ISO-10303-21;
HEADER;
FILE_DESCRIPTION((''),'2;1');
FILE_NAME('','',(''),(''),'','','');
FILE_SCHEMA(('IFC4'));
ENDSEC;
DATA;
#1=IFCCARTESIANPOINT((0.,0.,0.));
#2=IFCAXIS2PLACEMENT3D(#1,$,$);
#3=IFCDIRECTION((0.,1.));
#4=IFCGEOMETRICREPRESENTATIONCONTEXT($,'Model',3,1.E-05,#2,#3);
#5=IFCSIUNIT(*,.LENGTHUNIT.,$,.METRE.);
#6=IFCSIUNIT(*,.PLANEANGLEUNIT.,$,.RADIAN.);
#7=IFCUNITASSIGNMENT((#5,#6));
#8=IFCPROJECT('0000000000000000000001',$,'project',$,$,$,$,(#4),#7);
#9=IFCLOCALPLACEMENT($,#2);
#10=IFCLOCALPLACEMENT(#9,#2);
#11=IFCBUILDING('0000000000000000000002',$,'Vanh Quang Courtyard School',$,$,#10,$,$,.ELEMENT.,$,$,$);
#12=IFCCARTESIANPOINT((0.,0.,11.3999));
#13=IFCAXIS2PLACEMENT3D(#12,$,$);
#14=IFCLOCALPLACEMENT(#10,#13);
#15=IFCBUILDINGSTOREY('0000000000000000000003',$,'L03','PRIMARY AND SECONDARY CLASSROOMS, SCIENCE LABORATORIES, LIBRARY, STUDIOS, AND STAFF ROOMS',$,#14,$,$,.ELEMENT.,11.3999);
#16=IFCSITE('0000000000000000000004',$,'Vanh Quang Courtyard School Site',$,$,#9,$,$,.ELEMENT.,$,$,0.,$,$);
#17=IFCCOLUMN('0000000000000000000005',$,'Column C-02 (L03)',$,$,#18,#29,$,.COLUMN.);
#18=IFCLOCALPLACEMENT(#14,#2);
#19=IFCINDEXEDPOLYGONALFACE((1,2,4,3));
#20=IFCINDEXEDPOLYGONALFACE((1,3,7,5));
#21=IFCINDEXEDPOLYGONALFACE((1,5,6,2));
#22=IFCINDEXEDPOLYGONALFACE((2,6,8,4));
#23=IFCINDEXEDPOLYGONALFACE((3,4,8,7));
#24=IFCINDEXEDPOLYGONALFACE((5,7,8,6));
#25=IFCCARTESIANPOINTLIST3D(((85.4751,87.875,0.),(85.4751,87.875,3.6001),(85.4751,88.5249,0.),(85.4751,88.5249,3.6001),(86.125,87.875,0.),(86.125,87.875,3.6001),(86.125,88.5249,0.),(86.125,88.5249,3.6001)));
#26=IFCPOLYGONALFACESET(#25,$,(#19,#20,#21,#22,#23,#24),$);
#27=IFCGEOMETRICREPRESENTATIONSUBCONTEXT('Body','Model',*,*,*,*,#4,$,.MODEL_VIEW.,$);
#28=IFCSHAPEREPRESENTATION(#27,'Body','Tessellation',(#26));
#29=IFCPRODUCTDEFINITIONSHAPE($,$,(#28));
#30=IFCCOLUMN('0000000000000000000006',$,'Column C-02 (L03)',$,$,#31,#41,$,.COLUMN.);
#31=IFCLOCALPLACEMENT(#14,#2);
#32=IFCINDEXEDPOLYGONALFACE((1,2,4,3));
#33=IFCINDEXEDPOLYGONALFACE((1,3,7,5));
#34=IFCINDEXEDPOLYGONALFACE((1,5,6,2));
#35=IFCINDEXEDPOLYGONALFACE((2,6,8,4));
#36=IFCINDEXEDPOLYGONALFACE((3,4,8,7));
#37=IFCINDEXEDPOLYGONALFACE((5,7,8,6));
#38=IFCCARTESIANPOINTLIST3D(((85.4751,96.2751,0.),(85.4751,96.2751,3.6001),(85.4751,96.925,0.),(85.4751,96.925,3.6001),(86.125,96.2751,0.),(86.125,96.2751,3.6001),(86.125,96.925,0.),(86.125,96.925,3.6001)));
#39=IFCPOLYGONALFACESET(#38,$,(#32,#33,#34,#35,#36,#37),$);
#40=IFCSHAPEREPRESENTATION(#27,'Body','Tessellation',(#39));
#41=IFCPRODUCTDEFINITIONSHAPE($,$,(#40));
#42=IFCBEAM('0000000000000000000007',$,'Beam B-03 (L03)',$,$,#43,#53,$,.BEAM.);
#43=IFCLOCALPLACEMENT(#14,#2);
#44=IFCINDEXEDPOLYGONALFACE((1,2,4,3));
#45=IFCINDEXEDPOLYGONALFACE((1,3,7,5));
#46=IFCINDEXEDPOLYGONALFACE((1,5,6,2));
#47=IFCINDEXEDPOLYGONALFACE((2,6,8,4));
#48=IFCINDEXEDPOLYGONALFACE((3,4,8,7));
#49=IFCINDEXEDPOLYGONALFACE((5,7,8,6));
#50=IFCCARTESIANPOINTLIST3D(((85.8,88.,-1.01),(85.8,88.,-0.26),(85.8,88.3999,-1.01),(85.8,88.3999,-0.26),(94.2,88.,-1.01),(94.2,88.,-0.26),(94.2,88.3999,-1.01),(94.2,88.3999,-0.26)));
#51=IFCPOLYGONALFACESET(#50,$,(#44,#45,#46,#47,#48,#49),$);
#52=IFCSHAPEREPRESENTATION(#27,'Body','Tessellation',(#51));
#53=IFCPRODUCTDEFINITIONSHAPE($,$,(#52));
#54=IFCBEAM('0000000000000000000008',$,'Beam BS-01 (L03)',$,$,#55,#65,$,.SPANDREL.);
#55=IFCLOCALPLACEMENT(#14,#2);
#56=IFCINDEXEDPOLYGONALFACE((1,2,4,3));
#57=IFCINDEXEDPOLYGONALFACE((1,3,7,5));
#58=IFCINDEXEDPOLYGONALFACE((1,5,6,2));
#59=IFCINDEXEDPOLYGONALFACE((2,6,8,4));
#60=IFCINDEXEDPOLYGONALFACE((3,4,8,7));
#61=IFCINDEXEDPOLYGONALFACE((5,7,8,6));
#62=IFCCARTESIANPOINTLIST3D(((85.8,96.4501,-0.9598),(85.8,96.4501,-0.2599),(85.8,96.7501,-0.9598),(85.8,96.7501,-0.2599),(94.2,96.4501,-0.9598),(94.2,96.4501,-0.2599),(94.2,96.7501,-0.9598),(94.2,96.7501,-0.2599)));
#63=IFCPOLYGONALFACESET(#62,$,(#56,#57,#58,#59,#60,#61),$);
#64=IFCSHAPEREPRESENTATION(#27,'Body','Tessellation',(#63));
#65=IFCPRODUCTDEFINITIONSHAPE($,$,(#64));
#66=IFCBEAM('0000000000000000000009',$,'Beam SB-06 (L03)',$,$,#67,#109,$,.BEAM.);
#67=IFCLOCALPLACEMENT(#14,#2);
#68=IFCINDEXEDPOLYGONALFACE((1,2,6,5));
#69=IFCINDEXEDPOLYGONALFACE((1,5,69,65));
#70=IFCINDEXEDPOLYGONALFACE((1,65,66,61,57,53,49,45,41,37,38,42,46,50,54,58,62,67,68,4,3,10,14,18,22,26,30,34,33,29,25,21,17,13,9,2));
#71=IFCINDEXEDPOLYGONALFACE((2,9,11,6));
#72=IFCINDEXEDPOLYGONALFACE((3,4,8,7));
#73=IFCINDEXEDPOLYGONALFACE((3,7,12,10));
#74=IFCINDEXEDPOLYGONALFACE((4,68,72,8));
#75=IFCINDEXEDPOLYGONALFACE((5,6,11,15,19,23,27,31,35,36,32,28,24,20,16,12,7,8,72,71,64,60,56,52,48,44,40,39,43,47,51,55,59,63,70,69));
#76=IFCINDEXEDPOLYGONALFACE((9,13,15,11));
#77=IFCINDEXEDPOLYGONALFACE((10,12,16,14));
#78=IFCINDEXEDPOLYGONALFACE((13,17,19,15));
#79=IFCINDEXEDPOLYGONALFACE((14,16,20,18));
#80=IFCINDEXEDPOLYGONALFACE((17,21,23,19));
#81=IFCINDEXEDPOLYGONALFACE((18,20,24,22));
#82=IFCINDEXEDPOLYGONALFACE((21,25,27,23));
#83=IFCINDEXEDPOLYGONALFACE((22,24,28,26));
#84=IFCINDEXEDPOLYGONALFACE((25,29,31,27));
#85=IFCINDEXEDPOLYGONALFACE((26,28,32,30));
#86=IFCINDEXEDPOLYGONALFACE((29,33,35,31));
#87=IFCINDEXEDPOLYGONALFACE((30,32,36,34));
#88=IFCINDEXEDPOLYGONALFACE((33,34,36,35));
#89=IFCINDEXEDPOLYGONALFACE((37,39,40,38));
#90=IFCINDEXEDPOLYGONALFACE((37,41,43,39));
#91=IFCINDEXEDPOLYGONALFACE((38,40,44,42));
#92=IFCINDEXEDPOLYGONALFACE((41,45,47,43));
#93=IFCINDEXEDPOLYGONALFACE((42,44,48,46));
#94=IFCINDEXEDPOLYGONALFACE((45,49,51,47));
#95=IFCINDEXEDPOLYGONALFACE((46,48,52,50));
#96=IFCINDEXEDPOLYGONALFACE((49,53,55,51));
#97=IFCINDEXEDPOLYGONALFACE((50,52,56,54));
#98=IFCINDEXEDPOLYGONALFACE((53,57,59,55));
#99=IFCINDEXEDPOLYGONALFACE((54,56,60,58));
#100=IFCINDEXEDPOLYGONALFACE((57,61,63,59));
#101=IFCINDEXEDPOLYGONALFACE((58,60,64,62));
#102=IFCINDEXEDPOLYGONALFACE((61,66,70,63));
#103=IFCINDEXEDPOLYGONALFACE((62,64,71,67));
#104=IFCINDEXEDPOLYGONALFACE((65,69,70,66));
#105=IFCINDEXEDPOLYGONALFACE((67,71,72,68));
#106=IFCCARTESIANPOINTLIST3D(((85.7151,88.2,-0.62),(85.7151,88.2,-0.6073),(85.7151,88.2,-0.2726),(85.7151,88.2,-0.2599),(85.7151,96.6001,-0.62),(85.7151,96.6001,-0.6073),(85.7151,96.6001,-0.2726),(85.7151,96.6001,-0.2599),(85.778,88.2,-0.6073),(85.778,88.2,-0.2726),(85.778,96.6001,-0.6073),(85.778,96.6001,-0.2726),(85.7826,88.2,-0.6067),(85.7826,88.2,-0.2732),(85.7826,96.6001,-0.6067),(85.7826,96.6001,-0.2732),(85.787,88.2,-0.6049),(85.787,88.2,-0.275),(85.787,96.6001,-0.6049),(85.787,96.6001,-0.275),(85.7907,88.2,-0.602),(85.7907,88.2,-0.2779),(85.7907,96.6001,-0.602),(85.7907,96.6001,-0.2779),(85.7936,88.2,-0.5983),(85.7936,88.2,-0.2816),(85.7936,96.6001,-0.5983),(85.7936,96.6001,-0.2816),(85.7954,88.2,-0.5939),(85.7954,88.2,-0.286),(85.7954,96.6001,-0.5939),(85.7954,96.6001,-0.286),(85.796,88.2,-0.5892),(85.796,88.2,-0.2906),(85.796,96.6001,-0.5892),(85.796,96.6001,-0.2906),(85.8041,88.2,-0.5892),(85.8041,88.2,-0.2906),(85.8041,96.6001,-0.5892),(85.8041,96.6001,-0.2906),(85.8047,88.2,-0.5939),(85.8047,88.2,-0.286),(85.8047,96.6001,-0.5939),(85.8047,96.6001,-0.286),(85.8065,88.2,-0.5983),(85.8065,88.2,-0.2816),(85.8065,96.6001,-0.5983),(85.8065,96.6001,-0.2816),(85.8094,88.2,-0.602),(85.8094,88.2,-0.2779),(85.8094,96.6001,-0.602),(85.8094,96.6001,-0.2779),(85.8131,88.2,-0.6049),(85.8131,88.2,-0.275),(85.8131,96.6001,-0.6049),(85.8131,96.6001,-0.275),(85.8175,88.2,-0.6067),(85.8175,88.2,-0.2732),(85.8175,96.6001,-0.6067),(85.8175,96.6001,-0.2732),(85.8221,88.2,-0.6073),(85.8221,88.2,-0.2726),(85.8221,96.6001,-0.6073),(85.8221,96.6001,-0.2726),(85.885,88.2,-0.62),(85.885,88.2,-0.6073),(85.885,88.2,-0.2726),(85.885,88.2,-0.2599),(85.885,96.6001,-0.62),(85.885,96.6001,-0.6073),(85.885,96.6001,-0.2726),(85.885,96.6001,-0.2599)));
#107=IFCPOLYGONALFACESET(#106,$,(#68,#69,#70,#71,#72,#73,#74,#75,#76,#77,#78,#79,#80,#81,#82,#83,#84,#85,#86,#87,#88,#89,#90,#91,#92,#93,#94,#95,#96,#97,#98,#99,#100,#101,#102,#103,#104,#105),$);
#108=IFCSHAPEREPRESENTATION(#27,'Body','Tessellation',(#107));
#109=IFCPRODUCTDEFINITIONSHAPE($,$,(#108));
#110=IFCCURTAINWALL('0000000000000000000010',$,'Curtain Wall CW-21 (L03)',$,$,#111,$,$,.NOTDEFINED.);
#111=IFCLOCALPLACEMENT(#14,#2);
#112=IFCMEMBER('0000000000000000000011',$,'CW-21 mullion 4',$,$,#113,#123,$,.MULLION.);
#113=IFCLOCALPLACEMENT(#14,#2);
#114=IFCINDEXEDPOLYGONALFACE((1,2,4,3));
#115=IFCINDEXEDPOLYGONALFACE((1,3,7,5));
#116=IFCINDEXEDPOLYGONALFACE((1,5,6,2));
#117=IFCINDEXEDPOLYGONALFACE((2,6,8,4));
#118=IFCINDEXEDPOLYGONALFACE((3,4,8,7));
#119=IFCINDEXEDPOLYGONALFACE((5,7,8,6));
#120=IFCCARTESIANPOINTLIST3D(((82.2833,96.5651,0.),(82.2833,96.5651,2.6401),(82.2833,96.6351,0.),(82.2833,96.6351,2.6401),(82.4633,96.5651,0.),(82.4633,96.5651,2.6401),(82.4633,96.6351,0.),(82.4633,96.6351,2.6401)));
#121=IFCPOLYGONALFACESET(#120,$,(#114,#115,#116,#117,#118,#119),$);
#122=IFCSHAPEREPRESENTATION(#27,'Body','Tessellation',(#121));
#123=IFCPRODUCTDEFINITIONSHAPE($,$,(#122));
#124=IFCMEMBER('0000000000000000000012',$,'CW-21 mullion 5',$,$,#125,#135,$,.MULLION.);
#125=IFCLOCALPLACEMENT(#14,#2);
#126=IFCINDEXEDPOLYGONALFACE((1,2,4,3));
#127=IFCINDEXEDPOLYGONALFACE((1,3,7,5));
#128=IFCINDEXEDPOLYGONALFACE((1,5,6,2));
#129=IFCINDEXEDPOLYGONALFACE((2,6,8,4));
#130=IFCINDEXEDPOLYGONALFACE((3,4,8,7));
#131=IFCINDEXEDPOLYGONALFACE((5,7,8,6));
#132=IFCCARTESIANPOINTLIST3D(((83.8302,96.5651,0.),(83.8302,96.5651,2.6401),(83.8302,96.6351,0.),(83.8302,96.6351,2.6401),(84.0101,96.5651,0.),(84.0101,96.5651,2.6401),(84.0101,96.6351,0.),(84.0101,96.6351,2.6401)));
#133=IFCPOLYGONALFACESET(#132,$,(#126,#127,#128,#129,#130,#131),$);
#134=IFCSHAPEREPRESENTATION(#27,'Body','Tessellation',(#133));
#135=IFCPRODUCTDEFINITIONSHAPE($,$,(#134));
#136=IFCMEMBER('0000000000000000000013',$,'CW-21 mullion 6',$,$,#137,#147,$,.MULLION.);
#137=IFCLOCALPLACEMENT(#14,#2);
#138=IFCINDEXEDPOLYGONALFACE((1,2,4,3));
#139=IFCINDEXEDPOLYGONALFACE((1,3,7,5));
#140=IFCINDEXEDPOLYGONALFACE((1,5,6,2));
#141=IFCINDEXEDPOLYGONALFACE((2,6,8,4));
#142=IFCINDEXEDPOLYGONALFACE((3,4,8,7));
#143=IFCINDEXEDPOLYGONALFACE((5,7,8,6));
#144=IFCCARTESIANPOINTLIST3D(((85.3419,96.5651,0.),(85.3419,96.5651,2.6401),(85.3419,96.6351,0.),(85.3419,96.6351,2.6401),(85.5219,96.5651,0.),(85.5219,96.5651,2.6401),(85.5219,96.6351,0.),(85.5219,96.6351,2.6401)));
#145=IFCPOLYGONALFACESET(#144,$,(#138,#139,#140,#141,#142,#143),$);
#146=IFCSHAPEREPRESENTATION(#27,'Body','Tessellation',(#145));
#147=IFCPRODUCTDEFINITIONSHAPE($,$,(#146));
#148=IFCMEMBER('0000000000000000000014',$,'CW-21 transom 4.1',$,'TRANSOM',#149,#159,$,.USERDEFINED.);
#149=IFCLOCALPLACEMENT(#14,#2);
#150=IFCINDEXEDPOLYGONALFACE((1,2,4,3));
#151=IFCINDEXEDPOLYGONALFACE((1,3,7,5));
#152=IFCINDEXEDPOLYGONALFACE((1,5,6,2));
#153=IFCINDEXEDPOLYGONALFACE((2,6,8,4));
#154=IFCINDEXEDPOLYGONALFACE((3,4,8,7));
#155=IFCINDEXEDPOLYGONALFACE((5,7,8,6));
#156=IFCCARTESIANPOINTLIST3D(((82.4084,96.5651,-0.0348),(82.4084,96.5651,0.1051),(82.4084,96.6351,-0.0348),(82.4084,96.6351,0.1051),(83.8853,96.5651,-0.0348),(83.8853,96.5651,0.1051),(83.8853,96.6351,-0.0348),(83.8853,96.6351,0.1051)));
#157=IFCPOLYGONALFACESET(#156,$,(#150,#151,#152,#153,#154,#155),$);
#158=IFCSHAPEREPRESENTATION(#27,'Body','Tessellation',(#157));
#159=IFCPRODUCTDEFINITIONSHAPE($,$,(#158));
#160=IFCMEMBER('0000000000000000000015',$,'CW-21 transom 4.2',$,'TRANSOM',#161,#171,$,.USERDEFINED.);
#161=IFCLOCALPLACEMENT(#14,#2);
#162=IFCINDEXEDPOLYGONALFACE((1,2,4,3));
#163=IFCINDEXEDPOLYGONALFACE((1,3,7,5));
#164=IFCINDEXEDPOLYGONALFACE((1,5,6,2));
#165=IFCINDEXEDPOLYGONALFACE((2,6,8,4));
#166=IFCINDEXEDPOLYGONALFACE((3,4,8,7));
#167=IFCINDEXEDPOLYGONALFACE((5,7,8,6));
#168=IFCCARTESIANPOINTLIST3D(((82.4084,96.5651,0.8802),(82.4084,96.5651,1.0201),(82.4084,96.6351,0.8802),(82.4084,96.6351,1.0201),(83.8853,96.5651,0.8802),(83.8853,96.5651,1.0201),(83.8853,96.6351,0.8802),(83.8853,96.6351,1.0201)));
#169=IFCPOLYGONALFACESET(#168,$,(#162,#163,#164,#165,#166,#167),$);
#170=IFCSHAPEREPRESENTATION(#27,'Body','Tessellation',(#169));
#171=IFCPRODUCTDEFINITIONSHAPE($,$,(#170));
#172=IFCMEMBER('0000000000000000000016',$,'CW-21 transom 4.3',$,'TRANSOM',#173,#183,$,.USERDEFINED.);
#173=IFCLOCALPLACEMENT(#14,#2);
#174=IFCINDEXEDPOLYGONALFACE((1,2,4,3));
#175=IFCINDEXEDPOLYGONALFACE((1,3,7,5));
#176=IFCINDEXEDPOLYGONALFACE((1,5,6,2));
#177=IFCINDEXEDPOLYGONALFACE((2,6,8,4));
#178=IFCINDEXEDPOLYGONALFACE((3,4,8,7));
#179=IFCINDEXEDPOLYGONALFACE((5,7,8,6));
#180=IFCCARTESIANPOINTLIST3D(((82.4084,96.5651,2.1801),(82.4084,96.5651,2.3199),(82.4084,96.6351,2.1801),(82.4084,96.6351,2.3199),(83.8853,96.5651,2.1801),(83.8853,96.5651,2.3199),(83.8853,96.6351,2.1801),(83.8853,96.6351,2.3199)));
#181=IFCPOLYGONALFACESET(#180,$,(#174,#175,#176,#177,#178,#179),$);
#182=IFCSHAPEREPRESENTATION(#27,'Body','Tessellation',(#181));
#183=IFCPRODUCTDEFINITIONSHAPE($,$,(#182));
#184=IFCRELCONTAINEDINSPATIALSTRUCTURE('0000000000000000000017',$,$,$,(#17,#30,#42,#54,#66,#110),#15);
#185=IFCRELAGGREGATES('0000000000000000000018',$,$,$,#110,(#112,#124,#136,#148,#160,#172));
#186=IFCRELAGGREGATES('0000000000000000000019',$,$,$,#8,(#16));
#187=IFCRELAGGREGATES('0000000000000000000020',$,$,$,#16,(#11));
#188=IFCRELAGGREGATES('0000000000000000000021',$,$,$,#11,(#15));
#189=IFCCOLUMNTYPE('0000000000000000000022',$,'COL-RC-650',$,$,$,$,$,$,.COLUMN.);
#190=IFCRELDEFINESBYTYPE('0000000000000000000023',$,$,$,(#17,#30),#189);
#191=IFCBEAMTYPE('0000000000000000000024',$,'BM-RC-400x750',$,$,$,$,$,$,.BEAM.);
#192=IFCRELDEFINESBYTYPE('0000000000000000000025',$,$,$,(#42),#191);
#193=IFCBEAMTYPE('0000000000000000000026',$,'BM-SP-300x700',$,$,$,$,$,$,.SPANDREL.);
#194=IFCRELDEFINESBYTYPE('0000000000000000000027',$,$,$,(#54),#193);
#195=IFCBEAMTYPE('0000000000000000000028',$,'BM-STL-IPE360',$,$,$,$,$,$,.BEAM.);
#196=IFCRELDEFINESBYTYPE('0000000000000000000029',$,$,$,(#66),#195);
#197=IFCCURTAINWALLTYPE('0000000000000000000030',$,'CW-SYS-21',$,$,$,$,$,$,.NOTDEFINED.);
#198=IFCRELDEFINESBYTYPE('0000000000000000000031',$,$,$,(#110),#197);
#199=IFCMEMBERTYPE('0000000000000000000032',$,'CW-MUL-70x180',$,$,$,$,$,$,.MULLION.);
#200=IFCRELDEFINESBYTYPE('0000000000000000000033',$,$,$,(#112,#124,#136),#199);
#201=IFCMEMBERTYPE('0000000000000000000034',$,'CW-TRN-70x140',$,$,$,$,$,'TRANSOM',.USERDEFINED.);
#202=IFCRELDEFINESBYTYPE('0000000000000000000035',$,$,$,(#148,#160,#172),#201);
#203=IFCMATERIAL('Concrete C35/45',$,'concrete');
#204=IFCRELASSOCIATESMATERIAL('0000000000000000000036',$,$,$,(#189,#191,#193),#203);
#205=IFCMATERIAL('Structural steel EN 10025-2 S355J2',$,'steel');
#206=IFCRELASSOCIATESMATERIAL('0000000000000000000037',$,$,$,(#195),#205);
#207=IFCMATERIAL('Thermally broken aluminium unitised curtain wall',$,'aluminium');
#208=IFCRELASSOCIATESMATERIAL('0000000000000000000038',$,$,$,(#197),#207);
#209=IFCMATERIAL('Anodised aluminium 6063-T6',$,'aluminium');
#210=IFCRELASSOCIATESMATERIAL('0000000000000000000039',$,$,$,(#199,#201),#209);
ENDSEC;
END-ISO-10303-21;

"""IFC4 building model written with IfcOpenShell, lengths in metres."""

from ifc_helpers import new_model, si_unit, direction, frame, origin, origin_2d, place, context, subcontext, project, spatial, rectangle, i_section, extrude, material, material_profile, profile_set, type_object, element, aggregate, save


model = new_model("IFC4")

# Units and contexts
model_context = context("Model", 3, precision=1e-05, world=origin(), true_north=direction((0.0, 1.0)))
body_context = subcontext(model_context, "Body", "Model", "MODEL_VIEW")
ifc_project = project(units=[si_unit("LENGTHUNIT", "METRE"), si_unit("PLANEANGLEUNIT", "RADIAN")], contexts=[model_context])

# Site, building, storey
site_placement = place(None, origin())
site = spatial("IfcSite", under=ifc_project, at=site_placement, Name="Vanh Quang Courtyard School Site", CompositionType="ELEMENT", RefElevation=0.0)
building_placement = place(site_placement, origin())
building = spatial("IfcBuilding", under=site, at=building_placement, Name="Vanh Quang Courtyard School", CompositionType="ELEMENT")
storey_placement = place(building_placement, frame((0.0, 0.0, 11.3999)))
storey = spatial("IfcBuildingStorey", under=building, at=storey_placement, Name="L03", Description="PRIMARY AND SECONDARY CLASSROOMS, SCIENCE LABORATORIES, LIBRARY, STUDIOS, AND STAFF ROOMS", CompositionType="ELEMENT", Elevation=11.3999)

# Columns
ifc_material_1 = material(Name="Concrete C35/45", Category="concrete")
ifc_material_profile_1 = material_profile(ifc_material_1, rectangle(XDim=0.6499, YDim=0.6499, at=origin_2d()), Name="RC-COL 650x650")
ifc_profile_set_1 = profile_set([ifc_material_profile_1], Name="Concrete C35/45")
column_type = type_object("IfcColumnType", Name="COL-RC-650", PredefinedType="COLUMN", material=ifc_profile_set_1)
for number, where, z_axis, x_axis, name in (
    (1, (85.8, 88.2, 0.0), (0.0, 0.0, 1.0), (1.0, 0.0, 0.0), "Column C-02 (L03)"),
    (2, (85.8, 96.6001, 0.0), (0.0, 0.0, 1.0), (1.0, 0.0, 0.0), "Column C-02 (L03)"),
):
    element("IfcColumn", number, at=place(storey_placement, frame(where, z_axis=z_axis, x_axis=x_axis)), inside=storey, type_object=column_type, Name=name, PredefinedType="COLUMN", context=body_context, shape_type="SweptSolid", body=[
        extrude(rectangle(XDim=0.6499, YDim=0.6499, at=origin_2d()), origin(), (0.0, 0.0, 1.0), 3.6001),
    ])

# Beams
ifc_material_profile_2 = material_profile(ifc_material_1, rectangle(XDim=0.3999, YDim=0.75, at=origin_2d()), Name="RC-BM 400x750")
ifc_profile_set_2 = profile_set([ifc_material_profile_2], Name="Concrete C35/45")
beam_type_1 = type_object("IfcBeamType", Name="BM-RC-400x750", PredefinedType="BEAM", material=ifc_profile_set_2)
beam_1_placement = place(storey_placement, frame((85.8, 88.2, -0.635), z_axis=(1.0, 0.0, 0.0), x_axis=(0.0, 1.0, 0.0)))
element("IfcBeam", 3, at=beam_1_placement, inside=storey, type_object=beam_type_1, Name="Beam B-03 (L03)", PredefinedType="BEAM", context=body_context, shape_type="SweptSolid", body=[
    extrude(rectangle(XDim=0.3999, YDim=0.75, at=origin_2d()), origin(), (0.0, 0.0, 1.0), 8.3999),
])
ifc_material_profile_3 = material_profile(ifc_material_1, rectangle(XDim=0.3, YDim=0.7, at=origin_2d()), Name="RC-SP 300x700")
ifc_profile_set_3 = profile_set([ifc_material_profile_3], Name="Concrete C35/45")
beam_type_2 = type_object("IfcBeamType", Name="BM-SP-300x700", PredefinedType="SPANDREL", material=ifc_profile_set_3)
beam_2_placement = place(storey_placement, frame((85.8, 96.6001, -0.6099), z_axis=(1.0, 0.0, 0.0), x_axis=(0.0, 1.0, 0.0)))
element("IfcBeam", 4, at=beam_2_placement, inside=storey, type_object=beam_type_2, Name="Beam BS-01 (L03)", PredefinedType="SPANDREL", context=body_context, shape_type="SweptSolid", body=[
    extrude(rectangle(XDim=0.3, YDim=0.7, at=origin_2d()), origin(), (0.0, 0.0, 1.0), 8.3999),
])
ifc_material_2 = material(Name="Structural steel EN 10025-2 S355J2", Category="steel")
ifc_material_profile_4 = material_profile(ifc_material_2, i_section(OverallWidth=0.1699, OverallDepth=0.3601, WebThickness=0.0081, FlangeThickness=0.0127, FilletRadius=0.0181, at=origin_2d()), Name="IPE 360")
ifc_profile_set_4 = profile_set([ifc_material_profile_4], Name="Structural steel EN 10025-2 S355J2")
beam_type_3 = type_object("IfcBeamType", Name="BM-STL-IPE360", PredefinedType="BEAM", material=ifc_profile_set_4)
beam_3_placement = place(storey_placement, frame((85.8, 88.2, -0.4399), z_axis=(0.0, 1.0, 0.0), x_axis=(-1.0, 0.0, 0.0)))
element("IfcBeam", 5, at=beam_3_placement, inside=storey, type_object=beam_type_3, Name="Beam SB-06 (L03)", PredefinedType="BEAM", context=body_context, shape_type="SweptSolid", body=[
    extrude(i_section(OverallWidth=0.1699, OverallDepth=0.3601, WebThickness=0.0081, FlangeThickness=0.0127, FilletRadius=0.0181, at=origin_2d()), origin(), (0.0, 0.0, 1.0), 8.4001),
])

# Curtain wall, members
ifc_material_3 = material(Name="Thermally broken aluminium unitised curtain wall", Category="aluminium")
curtain_wall_type = type_object("IfcCurtainWallType", Name="CW-SYS-21", PredefinedType="NOTDEFINED", material=ifc_material_3)
curtain_wall_placement = place(storey_placement, origin())
curtain_wall = element("IfcCurtainWall", 6, at=curtain_wall_placement, inside=storey, type_object=curtain_wall_type, Name="Curtain Wall CW-21 (L03)", PredefinedType="NOTDEFINED")
ifc_material_4 = material(Name="Anodised aluminium 6063-T6", Category="aluminium")
ifc_material_profile_5 = material_profile(ifc_material_4, rectangle(XDim=0.0701, YDim=0.1799, at=origin_2d()), Name="ALU-MUL 70x180")
ifc_profile_set_5 = profile_set([ifc_material_profile_5], Name="Anodised aluminium 6063-T6")
member_type_1 = type_object("IfcMemberType", Name="CW-MUL-70x180", PredefinedType="MULLION", material=ifc_profile_set_5)
member_1_placement = place(storey_placement, frame((82.3733, 96.6001, 0.0), z_axis=(0.0, 0.0, 1.0), x_axis=(0.0, 1.0, 0.0)))
member_1 = element("IfcMember", 7, at=member_1_placement, type_object=member_type_1, Name="CW-21 mullion 4", PredefinedType="MULLION", context=body_context, shape_type="SweptSolid", body=[
    extrude(rectangle(XDim=0.0701, YDim=0.1799, at=origin_2d()), origin(), (0.0, 0.0, 1.0), 2.6401),
])
member_2_placement = place(storey_placement, frame((83.9202, 96.6001, 0.0), z_axis=(0.0, 0.0, 1.0), x_axis=(0.0, 1.0, 0.0)))
member_2 = element("IfcMember", 8, at=member_2_placement, type_object=member_type_1, Name="CW-21 mullion 5", PredefinedType="MULLION", context=body_context, shape_type="SweptSolid", body=[
    extrude(rectangle(XDim=0.0701, YDim=0.1799, at=origin_2d()), origin(), (0.0, 0.0, 1.0), 2.6401),
])
member_3_placement = place(storey_placement, frame((85.4319, 96.6001, 0.0), z_axis=(0.0, 0.0, 1.0), x_axis=(0.0, 1.0, 0.0)))
member_3 = element("IfcMember", 9, at=member_3_placement, type_object=member_type_1, Name="CW-21 mullion 6", PredefinedType="MULLION", context=body_context, shape_type="SweptSolid", body=[
    extrude(rectangle(XDim=0.0701, YDim=0.1799, at=origin_2d()), origin(), (0.0, 0.0, 1.0), 2.6401),
])
ifc_material_profile_6 = material_profile(ifc_material_4, rectangle(XDim=0.0701, YDim=0.1399, at=origin_2d()), Name="ALU-TRN 70x140")
ifc_profile_set_6 = profile_set([ifc_material_profile_6], Name="Anodised aluminium 6063-T6")
member_type_2 = type_object("IfcMemberType", Name="CW-TRN-70x140", ElementType="TRANSOM", PredefinedType="USERDEFINED", material=ifc_profile_set_6)
member_4_placement = place(storey_placement, frame((82.4084, 96.6001, 0.0352), z_axis=(1.0, 0.0, 0.0), x_axis=(0.0, 1.0, 0.0)))
member_4 = element("IfcMember", 10, at=member_4_placement, type_object=member_type_2, Name="CW-21 transom 4.1", ObjectType="TRANSOM", PredefinedType="USERDEFINED", context=body_context, shape_type="SweptSolid", body=[
    extrude(rectangle(XDim=0.0701, YDim=0.1399, at=origin_2d()), origin(), (0.0, 0.0, 1.0), 1.4768),
])
member_5_placement = place(storey_placement, frame((82.4084, 96.6001, 0.9502), z_axis=(1.0, 0.0, 0.0), x_axis=(0.0, 1.0, 0.0)))
member_5 = element("IfcMember", 11, at=member_5_placement, type_object=member_type_2, Name="CW-21 transom 4.2", ObjectType="TRANSOM", PredefinedType="USERDEFINED", context=body_context, shape_type="SweptSolid", body=[
    extrude(rectangle(XDim=0.0701, YDim=0.1399, at=origin_2d()), origin(), (0.0, 0.0, 1.0), 1.4768),
])
member_6_placement = place(storey_placement, frame((82.4084, 96.6001, 2.25), z_axis=(1.0, 0.0, 0.0), x_axis=(0.0, 1.0, 0.0)))
member_6 = element("IfcMember", 12, at=member_6_placement, type_object=member_type_2, Name="CW-21 transom 4.3", ObjectType="TRANSOM", PredefinedType="USERDEFINED", context=body_context, shape_type="SweptSolid", body=[
    extrude(rectangle(XDim=0.0701, YDim=0.1399, at=origin_2d()), origin(), (0.0, 0.0, 1.0), 1.4768),
])

aggregate(curtain_wall, [member_1, member_2, member_3, member_4, member_5, member_6])

save(model, "model.ifc")
